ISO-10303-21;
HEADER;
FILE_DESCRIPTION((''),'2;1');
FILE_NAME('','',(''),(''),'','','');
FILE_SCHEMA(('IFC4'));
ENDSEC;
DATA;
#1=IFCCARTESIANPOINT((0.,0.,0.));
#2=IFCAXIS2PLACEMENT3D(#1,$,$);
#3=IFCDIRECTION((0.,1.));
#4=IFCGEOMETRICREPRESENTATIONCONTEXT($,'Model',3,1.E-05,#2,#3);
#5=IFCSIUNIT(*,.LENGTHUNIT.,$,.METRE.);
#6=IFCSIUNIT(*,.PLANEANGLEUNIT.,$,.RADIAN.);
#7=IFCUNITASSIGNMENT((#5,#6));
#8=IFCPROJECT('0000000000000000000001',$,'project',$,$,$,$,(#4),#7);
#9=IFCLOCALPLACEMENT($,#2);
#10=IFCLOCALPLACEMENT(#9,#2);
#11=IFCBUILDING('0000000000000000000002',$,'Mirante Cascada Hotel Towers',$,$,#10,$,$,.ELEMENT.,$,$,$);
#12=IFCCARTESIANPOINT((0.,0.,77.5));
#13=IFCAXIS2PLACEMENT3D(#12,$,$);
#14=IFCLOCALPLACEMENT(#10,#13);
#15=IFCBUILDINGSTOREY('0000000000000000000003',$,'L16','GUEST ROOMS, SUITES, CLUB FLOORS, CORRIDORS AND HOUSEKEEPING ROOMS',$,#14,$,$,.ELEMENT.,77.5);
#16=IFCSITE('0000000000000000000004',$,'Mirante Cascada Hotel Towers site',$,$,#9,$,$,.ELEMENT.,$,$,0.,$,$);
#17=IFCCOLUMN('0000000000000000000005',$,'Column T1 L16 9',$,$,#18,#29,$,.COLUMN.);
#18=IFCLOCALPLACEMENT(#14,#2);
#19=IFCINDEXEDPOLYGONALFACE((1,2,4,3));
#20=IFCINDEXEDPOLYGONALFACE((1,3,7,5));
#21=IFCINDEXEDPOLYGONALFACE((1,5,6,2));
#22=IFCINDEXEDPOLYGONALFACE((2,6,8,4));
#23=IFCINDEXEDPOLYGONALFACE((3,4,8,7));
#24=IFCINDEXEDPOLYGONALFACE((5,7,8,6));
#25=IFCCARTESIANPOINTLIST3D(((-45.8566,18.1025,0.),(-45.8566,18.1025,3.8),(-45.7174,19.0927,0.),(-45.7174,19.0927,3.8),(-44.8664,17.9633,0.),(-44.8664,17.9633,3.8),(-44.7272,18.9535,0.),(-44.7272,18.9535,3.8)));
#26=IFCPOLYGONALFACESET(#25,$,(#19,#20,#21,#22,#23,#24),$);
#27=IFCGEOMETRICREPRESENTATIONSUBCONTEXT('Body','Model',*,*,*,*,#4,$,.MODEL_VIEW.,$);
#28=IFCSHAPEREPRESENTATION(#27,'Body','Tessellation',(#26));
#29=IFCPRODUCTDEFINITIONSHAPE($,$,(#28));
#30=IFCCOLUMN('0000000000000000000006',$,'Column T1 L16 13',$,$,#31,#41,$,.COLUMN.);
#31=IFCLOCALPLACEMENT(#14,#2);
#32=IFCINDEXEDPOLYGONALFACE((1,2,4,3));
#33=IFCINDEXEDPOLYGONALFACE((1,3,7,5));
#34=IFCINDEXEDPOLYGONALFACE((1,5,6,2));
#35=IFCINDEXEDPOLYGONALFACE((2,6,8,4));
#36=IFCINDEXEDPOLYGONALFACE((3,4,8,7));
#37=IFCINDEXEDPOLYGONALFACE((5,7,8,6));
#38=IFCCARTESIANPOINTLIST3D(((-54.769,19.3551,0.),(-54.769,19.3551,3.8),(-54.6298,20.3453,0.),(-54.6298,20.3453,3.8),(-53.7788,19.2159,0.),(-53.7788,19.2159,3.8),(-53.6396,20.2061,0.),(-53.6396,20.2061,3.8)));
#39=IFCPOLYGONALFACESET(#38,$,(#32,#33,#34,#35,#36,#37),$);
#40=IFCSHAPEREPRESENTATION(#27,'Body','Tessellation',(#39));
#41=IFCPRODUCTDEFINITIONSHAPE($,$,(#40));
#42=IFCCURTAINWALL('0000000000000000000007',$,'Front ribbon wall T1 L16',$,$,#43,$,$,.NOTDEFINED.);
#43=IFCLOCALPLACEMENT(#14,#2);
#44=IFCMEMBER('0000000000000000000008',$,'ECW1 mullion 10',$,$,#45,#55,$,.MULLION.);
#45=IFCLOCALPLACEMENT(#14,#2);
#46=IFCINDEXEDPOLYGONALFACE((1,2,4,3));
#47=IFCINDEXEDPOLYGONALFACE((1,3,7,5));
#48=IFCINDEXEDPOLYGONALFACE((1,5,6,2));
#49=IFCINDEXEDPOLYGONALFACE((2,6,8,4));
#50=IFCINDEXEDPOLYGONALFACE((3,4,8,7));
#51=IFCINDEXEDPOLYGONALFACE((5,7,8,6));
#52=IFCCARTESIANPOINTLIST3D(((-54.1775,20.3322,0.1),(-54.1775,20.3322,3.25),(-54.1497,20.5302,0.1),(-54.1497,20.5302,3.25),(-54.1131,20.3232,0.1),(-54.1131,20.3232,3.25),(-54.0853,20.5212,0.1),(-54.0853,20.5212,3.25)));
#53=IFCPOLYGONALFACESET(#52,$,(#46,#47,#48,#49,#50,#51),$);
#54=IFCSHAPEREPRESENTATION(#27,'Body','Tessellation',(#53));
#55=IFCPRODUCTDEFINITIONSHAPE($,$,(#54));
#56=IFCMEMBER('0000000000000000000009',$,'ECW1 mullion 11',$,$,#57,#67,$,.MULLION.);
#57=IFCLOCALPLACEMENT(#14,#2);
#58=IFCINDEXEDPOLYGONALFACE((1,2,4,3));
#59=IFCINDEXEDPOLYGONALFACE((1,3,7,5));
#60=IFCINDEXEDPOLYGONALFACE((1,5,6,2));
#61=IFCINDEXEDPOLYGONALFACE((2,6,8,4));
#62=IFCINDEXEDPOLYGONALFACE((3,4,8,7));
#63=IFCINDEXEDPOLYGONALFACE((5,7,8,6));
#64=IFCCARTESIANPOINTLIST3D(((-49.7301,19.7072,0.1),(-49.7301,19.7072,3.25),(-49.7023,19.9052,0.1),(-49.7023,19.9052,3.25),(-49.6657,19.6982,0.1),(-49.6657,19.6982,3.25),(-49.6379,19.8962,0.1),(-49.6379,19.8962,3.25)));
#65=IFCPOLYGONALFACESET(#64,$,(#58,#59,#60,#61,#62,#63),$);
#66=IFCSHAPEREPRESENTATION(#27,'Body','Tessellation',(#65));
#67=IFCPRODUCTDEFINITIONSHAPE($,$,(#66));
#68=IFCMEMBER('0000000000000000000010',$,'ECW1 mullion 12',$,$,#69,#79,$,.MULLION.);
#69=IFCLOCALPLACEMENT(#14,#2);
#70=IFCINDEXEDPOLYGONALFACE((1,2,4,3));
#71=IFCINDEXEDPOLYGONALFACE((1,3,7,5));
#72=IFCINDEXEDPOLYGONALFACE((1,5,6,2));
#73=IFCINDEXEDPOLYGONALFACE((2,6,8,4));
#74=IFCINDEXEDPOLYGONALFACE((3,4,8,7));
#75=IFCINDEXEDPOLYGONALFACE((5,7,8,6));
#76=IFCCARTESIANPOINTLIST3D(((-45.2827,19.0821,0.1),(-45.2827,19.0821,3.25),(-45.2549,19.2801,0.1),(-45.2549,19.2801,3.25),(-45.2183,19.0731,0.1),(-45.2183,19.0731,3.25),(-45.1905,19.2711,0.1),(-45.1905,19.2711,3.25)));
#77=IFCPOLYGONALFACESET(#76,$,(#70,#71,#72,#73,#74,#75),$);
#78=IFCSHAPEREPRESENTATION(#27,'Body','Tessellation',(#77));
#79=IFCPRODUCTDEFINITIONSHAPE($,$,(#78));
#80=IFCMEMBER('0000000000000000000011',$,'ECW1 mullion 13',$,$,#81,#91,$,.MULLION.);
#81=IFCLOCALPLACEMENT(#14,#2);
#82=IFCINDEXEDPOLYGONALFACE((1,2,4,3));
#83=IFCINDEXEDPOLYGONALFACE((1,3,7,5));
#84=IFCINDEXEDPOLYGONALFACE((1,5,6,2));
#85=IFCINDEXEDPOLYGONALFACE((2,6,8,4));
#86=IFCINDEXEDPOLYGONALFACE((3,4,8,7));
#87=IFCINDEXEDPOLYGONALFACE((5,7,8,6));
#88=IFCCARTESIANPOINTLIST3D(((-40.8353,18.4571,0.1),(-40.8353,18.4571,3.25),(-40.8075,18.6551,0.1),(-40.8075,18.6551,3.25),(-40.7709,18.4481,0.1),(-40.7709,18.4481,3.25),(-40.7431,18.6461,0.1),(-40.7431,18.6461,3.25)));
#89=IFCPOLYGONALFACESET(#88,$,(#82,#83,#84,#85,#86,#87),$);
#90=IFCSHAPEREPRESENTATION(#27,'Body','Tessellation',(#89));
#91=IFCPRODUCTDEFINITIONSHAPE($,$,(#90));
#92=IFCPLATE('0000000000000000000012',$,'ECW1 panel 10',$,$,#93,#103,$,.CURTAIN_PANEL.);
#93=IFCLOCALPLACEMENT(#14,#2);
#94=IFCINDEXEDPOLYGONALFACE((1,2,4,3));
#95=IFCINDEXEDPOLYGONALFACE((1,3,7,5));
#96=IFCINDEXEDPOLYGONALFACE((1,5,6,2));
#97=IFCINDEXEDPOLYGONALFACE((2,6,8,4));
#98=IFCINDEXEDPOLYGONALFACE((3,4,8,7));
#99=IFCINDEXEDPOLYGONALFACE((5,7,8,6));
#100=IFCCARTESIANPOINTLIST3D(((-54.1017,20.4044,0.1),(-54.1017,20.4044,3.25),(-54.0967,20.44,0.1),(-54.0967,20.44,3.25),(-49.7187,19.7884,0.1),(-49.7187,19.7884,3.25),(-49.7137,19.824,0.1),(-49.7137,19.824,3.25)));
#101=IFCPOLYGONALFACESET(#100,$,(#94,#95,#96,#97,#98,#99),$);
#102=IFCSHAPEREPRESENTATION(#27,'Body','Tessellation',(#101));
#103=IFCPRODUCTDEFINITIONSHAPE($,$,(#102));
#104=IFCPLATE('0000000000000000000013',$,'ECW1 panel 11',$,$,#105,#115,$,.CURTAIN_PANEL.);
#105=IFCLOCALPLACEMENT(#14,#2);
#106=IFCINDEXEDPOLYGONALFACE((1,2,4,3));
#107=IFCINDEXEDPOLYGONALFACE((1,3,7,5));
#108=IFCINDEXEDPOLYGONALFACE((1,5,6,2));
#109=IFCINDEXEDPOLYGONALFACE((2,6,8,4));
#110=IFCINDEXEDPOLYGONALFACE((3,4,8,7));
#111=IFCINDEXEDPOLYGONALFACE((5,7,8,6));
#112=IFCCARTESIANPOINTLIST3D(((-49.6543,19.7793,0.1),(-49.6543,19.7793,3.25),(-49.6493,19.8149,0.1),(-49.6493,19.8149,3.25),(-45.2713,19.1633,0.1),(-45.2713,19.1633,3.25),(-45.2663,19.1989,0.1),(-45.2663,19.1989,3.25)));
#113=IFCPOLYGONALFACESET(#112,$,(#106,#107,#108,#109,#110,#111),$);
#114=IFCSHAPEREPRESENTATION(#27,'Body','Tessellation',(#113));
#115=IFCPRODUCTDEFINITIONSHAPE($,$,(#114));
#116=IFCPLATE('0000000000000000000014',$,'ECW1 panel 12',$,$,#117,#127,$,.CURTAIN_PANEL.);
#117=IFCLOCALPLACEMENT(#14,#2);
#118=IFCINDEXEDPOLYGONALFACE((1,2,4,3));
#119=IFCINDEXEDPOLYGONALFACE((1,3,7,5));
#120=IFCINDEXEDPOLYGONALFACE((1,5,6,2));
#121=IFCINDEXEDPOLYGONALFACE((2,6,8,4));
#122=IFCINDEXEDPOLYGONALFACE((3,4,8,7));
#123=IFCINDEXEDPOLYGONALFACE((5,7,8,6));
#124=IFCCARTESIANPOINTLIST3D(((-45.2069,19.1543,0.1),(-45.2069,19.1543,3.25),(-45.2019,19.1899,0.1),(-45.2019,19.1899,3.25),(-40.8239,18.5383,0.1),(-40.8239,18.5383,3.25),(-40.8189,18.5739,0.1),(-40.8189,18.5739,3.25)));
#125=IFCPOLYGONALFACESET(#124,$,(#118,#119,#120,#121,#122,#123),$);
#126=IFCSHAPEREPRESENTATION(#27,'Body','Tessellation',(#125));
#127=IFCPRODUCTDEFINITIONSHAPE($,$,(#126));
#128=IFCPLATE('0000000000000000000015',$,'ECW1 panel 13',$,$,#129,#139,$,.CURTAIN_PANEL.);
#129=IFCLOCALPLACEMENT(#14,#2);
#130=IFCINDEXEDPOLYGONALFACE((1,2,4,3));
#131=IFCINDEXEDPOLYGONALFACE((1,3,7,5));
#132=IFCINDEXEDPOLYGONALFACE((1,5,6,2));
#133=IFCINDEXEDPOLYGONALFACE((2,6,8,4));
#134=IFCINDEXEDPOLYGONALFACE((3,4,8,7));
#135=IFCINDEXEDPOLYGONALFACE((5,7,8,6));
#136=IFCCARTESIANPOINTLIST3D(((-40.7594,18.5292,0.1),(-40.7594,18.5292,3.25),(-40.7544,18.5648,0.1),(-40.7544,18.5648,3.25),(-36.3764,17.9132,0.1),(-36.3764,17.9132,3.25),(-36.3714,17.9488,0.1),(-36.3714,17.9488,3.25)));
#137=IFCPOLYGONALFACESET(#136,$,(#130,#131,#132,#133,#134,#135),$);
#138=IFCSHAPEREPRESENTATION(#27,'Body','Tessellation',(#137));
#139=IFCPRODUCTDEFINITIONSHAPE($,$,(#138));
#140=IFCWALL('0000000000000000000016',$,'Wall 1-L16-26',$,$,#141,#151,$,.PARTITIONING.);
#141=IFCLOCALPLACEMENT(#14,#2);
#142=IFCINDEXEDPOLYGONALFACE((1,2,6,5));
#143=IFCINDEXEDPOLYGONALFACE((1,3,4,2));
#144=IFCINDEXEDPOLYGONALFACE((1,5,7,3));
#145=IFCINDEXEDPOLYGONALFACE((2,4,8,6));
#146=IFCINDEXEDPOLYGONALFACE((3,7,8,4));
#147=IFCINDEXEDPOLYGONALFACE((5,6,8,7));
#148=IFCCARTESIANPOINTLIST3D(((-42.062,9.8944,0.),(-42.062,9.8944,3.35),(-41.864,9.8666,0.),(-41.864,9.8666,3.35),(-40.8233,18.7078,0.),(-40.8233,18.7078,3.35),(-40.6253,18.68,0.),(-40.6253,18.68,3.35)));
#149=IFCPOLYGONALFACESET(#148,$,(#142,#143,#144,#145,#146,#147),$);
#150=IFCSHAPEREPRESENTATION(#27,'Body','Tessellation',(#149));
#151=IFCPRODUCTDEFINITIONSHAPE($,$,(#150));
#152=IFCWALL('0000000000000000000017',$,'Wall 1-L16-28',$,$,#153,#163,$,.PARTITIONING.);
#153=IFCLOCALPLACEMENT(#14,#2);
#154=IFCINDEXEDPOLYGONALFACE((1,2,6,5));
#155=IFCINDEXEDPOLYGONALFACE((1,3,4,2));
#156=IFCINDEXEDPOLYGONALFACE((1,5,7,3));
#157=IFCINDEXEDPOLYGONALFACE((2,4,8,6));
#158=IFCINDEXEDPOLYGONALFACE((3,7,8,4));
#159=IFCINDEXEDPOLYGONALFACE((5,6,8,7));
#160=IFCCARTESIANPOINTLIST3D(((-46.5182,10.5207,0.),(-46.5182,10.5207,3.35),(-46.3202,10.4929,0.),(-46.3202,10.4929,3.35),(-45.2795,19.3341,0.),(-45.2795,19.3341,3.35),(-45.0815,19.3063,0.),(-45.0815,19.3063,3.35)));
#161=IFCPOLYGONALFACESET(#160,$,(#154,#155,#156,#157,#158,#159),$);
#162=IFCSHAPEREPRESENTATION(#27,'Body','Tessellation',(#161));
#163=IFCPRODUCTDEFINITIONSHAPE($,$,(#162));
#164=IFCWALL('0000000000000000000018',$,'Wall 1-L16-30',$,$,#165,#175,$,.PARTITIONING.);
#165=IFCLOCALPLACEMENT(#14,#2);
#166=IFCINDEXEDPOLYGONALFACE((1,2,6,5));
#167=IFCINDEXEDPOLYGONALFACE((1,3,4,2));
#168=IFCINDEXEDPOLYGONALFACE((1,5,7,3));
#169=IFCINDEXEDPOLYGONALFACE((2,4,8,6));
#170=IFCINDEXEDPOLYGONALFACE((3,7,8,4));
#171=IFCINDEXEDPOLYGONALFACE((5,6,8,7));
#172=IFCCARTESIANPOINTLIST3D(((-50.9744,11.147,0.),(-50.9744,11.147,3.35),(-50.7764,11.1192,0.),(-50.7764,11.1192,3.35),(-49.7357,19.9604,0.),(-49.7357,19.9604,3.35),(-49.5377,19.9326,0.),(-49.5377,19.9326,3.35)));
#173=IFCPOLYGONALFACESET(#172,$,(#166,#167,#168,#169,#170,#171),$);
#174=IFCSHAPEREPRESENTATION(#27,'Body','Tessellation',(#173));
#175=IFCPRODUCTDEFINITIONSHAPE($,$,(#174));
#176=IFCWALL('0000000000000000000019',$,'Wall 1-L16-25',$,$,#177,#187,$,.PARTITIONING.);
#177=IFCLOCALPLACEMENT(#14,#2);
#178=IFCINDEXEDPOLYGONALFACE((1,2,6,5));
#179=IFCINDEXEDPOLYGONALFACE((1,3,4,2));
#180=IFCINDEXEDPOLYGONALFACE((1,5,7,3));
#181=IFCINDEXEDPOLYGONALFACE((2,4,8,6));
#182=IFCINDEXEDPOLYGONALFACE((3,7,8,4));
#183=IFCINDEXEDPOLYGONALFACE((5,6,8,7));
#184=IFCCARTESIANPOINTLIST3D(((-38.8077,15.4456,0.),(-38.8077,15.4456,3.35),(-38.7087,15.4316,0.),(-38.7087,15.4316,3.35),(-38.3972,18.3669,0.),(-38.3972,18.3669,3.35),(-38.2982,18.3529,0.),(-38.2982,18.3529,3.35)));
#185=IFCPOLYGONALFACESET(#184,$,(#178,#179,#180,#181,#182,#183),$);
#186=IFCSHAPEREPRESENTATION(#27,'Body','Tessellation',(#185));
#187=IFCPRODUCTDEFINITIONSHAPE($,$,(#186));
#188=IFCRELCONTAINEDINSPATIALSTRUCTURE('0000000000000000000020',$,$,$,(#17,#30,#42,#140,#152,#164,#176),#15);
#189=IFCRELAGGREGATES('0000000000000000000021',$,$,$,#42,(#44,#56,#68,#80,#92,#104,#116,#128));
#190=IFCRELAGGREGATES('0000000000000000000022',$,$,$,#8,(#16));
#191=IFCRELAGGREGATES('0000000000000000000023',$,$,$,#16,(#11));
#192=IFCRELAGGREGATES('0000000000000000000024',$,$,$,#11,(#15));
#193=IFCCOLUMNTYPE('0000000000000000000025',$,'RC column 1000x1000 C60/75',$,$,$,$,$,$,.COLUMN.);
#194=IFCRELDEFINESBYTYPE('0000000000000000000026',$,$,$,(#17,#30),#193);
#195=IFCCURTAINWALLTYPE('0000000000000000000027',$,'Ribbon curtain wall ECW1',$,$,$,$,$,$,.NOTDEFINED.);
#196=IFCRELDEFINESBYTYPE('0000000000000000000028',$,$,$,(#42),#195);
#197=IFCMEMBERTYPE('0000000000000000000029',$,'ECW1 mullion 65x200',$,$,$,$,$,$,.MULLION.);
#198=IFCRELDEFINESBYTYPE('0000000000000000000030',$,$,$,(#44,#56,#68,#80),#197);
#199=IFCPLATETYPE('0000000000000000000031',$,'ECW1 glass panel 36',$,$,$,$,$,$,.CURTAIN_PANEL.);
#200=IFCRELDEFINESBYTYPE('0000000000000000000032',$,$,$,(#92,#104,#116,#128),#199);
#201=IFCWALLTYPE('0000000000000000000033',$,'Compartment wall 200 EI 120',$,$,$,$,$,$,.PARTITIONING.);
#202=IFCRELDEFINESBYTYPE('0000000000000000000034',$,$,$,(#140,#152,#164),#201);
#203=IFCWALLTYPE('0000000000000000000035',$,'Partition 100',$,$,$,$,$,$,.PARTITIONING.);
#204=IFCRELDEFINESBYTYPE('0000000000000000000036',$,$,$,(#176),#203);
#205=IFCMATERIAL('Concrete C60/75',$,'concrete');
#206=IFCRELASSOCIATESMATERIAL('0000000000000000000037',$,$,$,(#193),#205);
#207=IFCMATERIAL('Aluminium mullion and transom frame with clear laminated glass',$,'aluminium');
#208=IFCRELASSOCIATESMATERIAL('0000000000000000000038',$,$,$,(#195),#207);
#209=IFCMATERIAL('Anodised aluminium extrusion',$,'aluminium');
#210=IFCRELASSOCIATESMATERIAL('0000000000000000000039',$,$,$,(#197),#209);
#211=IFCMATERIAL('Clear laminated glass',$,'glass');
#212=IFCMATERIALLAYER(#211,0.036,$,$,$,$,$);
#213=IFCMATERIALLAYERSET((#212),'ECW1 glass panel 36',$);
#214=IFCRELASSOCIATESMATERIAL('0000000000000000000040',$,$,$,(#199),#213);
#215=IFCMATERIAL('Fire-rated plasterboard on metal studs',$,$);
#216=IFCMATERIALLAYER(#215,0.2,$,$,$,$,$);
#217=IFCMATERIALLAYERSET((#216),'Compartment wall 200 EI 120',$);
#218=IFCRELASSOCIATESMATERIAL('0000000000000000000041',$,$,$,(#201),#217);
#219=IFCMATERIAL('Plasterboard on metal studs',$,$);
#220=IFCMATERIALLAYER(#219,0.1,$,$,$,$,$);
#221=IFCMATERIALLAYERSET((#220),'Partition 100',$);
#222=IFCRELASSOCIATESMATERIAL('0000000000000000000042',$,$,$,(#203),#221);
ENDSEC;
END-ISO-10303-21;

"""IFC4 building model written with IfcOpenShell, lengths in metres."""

from ifc_helpers import new_model, si_unit, direction, frame, frame_2d, origin, origin_2d, place, context, subcontext, project, spatial, rectangle, extrude, material, layer, layer_set, material_profile, profile_set, type_object, element, aggregate, save


model = new_model("IFC4")

# Units and contexts
model_context = context("Model", 3, precision=1e-05, world=origin(), true_north=direction((0.0, 1.0)))
body_context = subcontext(model_context, "Body", "Model", "MODEL_VIEW")
ifc_project = project(units=[si_unit("LENGTHUNIT", "METRE"), si_unit("PLANEANGLEUNIT", "RADIAN")], contexts=[model_context])

# Site, building, storey
site_placement = place(None, origin())
site = spatial("IfcSite", under=ifc_project, at=site_placement, Name="Mirante Cascada Hotel Towers site", CompositionType="ELEMENT", RefElevation=0.0)
building_placement = place(site_placement, origin())
building = spatial("IfcBuilding", under=site, at=building_placement, Name="Mirante Cascada Hotel Towers", CompositionType="ELEMENT")
storey_placement = place(building_placement, frame((0.0, 0.0, 77.5)))
storey = spatial("IfcBuildingStorey", under=building, at=storey_placement, Name="L16", Description="GUEST ROOMS, SUITES, CLUB FLOORS, CORRIDORS AND HOUSEKEEPING ROOMS", CompositionType="ELEMENT", Elevation=77.5)

# Columns
ifc_material_1 = material(Name="Concrete C60/75", Category="concrete")
ifc_material_profile_1 = material_profile(ifc_material_1, rectangle(XDim=1.0, YDim=1.0, at=origin_2d()), Name="RC column 1000x1000 C60/75")
ifc_profile_set_1 = profile_set([ifc_material_profile_1], Name="Concrete C60/75")
column_type = type_object("IfcColumnType", Name="RC column 1000x1000 C60/75", PredefinedType="COLUMN", material=ifc_profile_set_1)
for number, where, z_axis, x_axis, name in (
    (1, (-45.2919, 18.528, 0.0), (0.0, 0.0, 1.0), (-0.990268, 0.139173, 0.0), "Column T1 L16 9"),
    (2, (-54.2043, 19.7806, 0.0), (0.0, 0.0, 1.0), (-0.990268, 0.139173, 0.0), "Column T1 L16 13"),
):
    element("IfcColumn", number, at=place(storey_placement, frame(where, z_axis=z_axis, x_axis=x_axis)), inside=storey, type_object=column_type, Name=name, PredefinedType="COLUMN", context=body_context, shape_type="SweptSolid", body=[
        extrude(rectangle(XDim=1.0, YDim=1.0, at=origin_2d()), origin(), (0.0, 0.0, 1.0), 3.8),
    ])

# Curtain wall, members, plates
ifc_material_2 = material(Name="Aluminium mullion and transom frame with clear laminated glass", Category="aluminium")
curtain_wall_type = type_object("IfcCurtainWallType", Name="Ribbon curtain wall ECW1", PredefinedType="NOTDEFINED", material=ifc_material_2)
curtain_wall_placement = place(storey_placement, origin())
curtain_wall = element("IfcCurtainWall", 3, at=curtain_wall_placement, inside=storey, type_object=curtain_wall_type, Name="Front ribbon wall T1 L16", PredefinedType="NOTDEFINED")
ifc_material_3 = material(Name="Anodised aluminium extrusion", Category="aluminium")
ifc_material_profile_2 = material_profile(ifc_material_3, rectangle(XDim=0.2, YDim=0.065, at=origin_2d()), Name="ECW1 MULLION 65x200")
ifc_profile_set_2 = profile_set([ifc_material_profile_2], Name="Anodised aluminium extrusion")
member_type = type_object("IfcMemberType", Name="ECW1 mullion 65x200", PredefinedType="MULLION", material=ifc_profile_set_2)
member_1_placement = place(storey_placement, frame((-54.1314, 20.4267, 0.1), z_axis=(0.0, 0.0, 1.0), x_axis=(0.139173, 0.990268, 0.0)))
member_1 = element("IfcMember", 4, at=member_1_placement, type_object=member_type, Name="ECW1 mullion 10", PredefinedType="MULLION", context=body_context, shape_type="SweptSolid", body=[
    extrude(rectangle(XDim=0.2, YDim=0.065, at=origin_2d()), origin(), (0.0, 0.0, 1.0), 3.15),
])
member_2_placement = place(storey_placement, frame((-49.684, 19.8017, 0.1), z_axis=(0.0, 0.0, 1.0), x_axis=(0.139173, 0.990268, 0.0)))
member_2 = element("IfcMember", 5, at=member_2_placement, type_object=member_type, Name="ECW1 mullion 11", PredefinedType="MULLION", context=body_context, shape_type="SweptSolid", body=[
    extrude(rectangle(XDim=0.2, YDim=0.065, at=origin_2d()), origin(), (0.0, 0.0, 1.0), 3.15),
])
member_3_placement = place(storey_placement, frame((-45.2366, 19.1766, 0.1), z_axis=(0.0, 0.0, 1.0), x_axis=(0.139173, 0.990268, 0.0)))
member_3 = element("IfcMember", 6, at=member_3_placement, type_object=member_type, Name="ECW1 mullion 12", PredefinedType="MULLION", context=body_context, shape_type="SweptSolid", body=[
    extrude(rectangle(XDim=0.2, YDim=0.065, at=origin_2d()), origin(), (0.0, 0.0, 1.0), 3.15),
])
member_4_placement = place(storey_placement, frame((-40.7892, 18.5516, 0.1), z_axis=(0.0, 0.0, 1.0), x_axis=(0.139173, 0.990268, 0.0)))
member_4 = element("IfcMember", 7, at=member_4_placement, type_object=member_type, Name="ECW1 mullion 13", PredefinedType="MULLION", context=body_context, shape_type="SweptSolid", body=[
    extrude(rectangle(XDim=0.2, YDim=0.065, at=origin_2d()), origin(), (0.0, 0.0, 1.0), 3.15),
])
ifc_material_4 = material(Name="Clear laminated glass", Category="glass")
ifc_layer_1 = layer(ifc_material_4, 0.036)
ifc_layer_set_1 = layer_set([ifc_layer_1], Name="ECW1 glass panel 36")
plate_type = type_object("IfcPlateType", Name="ECW1 glass panel 36", PredefinedType="CURTAIN_PANEL", material=ifc_layer_set_1)
plate_1_placement = place(storey_placement, frame((-51.9077, 20.1142, 0.1), z_axis=(0.0, 0.0, 1.0), x_axis=(0.990268, -0.139173, 0.0)))
plate_1 = element("IfcPlate", 8, at=plate_1_placement, type_object=plate_type, Name="ECW1 panel 10", PredefinedType="CURTAIN_PANEL", context=body_context, shape_type="SweptSolid", body=[
    extrude(rectangle(XDim=4.4261, YDim=0.036, at=origin_2d()), origin(), (0.0, 0.0, 1.0), 3.15),
])
plate_2_placement = place(storey_placement, frame((-47.4603, 19.4891, 0.1), z_axis=(0.0, 0.0, 1.0), x_axis=(0.990268, -0.139173, 0.0)))
plate_2 = element("IfcPlate", 9, at=plate_2_placement, type_object=plate_type, Name="ECW1 panel 11", PredefinedType="CURTAIN_PANEL", context=body_context, shape_type="SweptSolid", body=[
    extrude(rectangle(XDim=4.4261, YDim=0.036, at=origin_2d()), origin(), (0.0, 0.0, 1.0), 3.15),
])
plate_3_placement = place(storey_placement, frame((-43.0129, 18.8641, 0.1), z_axis=(0.0, 0.0, 1.0), x_axis=(0.990268, -0.139173, 0.0)))
plate_3 = element("IfcPlate", 10, at=plate_3_placement, type_object=plate_type, Name="ECW1 panel 12", PredefinedType="CURTAIN_PANEL", context=body_context, shape_type="SweptSolid", body=[
    extrude(rectangle(XDim=4.4261, YDim=0.036, at=origin_2d()), origin(), (0.0, 0.0, 1.0), 3.15),
])
plate_4_placement = place(storey_placement, frame((-38.5654, 18.239, 0.1), z_axis=(0.0, 0.0, 1.0), x_axis=(0.990268, -0.139173, 0.0)))
plate_4 = element("IfcPlate", 11, at=plate_4_placement, type_object=plate_type, Name="ECW1 panel 13", PredefinedType="CURTAIN_PANEL", context=body_context, shape_type="SweptSolid", body=[
    extrude(rectangle(XDim=4.4261, YDim=0.036, at=origin_2d()), origin(), (0.0, 0.0, 1.0), 3.15),
])
aggregate(curtain_wall, [member_1, member_2, member_3, member_4, plate_1, plate_2, plate_3, plate_4])

# Walls
ifc_material_5 = material(Name="Fire-rated plasterboard on metal studs")
ifc_layer_2 = layer(ifc_material_5, 0.2)
ifc_layer_set_2 = layer_set([ifc_layer_2], Name="Compartment wall 200 EI 120")
wall_type_1 = type_object("IfcWallType", Name="Compartment wall 200 EI 120", PredefinedType="PARTITIONING", material=ifc_layer_set_2)
for number, where, z_axis, x_axis, name in (
    (12, (-40.7243, 18.6939, 0.0), (0.0, 0.0, 1.0), (-0.139179, -0.990267, 0.0), "Wall 1-L16-26"),
    (13, (-45.1805, 19.3202, 0.0), (0.0, 0.0, 1.0), (-0.139179, -0.990267, 0.0), "Wall 1-L16-28"),
    (14, (-49.6367, 19.9465, 0.0), (0.0, 0.0, 1.0), (-0.139179, -0.990267, 0.0), "Wall 1-L16-30"),
):
    element("IfcWall", number, at=place(storey_placement, frame(where, z_axis=z_axis, x_axis=x_axis)), inside=storey, type_object=wall_type_1, Name=name, PredefinedType="PARTITIONING", context=body_context, shape_type="SweptSolid", body=[
        extrude(rectangle(XDim=8.9, YDim=0.2, at=frame_2d((4.45, 0.0))), origin(), (0.0, 0.0, 1.0), 3.35),
    ])
ifc_material_6 = material(Name="Plasterboard on metal studs")
ifc_layer_3 = layer(ifc_material_6, 0.1)
ifc_layer_set_3 = layer_set([ifc_layer_3], Name="Partition 100")
wall_type_2 = type_object("IfcWallType", Name="Partition 100", PredefinedType="PARTITIONING", material=ifc_layer_set_3)
wall_placement = place(storey_placement, frame((-38.7582, 15.4386, 0.0), z_axis=(0.0, 0.0, 1.0), x_axis=(0.139153, 0.990271, 0.0)))
element("IfcWall", 15, at=wall_placement, inside=storey, type_object=wall_type_2, Name="Wall 1-L16-25", PredefinedType="PARTITIONING", context=body_context, shape_type="SweptSolid", body=[
    extrude(rectangle(XDim=2.95, YDim=0.1, at=frame_2d((1.475, 0.0))), origin(), (0.0, 0.0, 1.0), 3.35),
])

save(model, "model.ifc")
